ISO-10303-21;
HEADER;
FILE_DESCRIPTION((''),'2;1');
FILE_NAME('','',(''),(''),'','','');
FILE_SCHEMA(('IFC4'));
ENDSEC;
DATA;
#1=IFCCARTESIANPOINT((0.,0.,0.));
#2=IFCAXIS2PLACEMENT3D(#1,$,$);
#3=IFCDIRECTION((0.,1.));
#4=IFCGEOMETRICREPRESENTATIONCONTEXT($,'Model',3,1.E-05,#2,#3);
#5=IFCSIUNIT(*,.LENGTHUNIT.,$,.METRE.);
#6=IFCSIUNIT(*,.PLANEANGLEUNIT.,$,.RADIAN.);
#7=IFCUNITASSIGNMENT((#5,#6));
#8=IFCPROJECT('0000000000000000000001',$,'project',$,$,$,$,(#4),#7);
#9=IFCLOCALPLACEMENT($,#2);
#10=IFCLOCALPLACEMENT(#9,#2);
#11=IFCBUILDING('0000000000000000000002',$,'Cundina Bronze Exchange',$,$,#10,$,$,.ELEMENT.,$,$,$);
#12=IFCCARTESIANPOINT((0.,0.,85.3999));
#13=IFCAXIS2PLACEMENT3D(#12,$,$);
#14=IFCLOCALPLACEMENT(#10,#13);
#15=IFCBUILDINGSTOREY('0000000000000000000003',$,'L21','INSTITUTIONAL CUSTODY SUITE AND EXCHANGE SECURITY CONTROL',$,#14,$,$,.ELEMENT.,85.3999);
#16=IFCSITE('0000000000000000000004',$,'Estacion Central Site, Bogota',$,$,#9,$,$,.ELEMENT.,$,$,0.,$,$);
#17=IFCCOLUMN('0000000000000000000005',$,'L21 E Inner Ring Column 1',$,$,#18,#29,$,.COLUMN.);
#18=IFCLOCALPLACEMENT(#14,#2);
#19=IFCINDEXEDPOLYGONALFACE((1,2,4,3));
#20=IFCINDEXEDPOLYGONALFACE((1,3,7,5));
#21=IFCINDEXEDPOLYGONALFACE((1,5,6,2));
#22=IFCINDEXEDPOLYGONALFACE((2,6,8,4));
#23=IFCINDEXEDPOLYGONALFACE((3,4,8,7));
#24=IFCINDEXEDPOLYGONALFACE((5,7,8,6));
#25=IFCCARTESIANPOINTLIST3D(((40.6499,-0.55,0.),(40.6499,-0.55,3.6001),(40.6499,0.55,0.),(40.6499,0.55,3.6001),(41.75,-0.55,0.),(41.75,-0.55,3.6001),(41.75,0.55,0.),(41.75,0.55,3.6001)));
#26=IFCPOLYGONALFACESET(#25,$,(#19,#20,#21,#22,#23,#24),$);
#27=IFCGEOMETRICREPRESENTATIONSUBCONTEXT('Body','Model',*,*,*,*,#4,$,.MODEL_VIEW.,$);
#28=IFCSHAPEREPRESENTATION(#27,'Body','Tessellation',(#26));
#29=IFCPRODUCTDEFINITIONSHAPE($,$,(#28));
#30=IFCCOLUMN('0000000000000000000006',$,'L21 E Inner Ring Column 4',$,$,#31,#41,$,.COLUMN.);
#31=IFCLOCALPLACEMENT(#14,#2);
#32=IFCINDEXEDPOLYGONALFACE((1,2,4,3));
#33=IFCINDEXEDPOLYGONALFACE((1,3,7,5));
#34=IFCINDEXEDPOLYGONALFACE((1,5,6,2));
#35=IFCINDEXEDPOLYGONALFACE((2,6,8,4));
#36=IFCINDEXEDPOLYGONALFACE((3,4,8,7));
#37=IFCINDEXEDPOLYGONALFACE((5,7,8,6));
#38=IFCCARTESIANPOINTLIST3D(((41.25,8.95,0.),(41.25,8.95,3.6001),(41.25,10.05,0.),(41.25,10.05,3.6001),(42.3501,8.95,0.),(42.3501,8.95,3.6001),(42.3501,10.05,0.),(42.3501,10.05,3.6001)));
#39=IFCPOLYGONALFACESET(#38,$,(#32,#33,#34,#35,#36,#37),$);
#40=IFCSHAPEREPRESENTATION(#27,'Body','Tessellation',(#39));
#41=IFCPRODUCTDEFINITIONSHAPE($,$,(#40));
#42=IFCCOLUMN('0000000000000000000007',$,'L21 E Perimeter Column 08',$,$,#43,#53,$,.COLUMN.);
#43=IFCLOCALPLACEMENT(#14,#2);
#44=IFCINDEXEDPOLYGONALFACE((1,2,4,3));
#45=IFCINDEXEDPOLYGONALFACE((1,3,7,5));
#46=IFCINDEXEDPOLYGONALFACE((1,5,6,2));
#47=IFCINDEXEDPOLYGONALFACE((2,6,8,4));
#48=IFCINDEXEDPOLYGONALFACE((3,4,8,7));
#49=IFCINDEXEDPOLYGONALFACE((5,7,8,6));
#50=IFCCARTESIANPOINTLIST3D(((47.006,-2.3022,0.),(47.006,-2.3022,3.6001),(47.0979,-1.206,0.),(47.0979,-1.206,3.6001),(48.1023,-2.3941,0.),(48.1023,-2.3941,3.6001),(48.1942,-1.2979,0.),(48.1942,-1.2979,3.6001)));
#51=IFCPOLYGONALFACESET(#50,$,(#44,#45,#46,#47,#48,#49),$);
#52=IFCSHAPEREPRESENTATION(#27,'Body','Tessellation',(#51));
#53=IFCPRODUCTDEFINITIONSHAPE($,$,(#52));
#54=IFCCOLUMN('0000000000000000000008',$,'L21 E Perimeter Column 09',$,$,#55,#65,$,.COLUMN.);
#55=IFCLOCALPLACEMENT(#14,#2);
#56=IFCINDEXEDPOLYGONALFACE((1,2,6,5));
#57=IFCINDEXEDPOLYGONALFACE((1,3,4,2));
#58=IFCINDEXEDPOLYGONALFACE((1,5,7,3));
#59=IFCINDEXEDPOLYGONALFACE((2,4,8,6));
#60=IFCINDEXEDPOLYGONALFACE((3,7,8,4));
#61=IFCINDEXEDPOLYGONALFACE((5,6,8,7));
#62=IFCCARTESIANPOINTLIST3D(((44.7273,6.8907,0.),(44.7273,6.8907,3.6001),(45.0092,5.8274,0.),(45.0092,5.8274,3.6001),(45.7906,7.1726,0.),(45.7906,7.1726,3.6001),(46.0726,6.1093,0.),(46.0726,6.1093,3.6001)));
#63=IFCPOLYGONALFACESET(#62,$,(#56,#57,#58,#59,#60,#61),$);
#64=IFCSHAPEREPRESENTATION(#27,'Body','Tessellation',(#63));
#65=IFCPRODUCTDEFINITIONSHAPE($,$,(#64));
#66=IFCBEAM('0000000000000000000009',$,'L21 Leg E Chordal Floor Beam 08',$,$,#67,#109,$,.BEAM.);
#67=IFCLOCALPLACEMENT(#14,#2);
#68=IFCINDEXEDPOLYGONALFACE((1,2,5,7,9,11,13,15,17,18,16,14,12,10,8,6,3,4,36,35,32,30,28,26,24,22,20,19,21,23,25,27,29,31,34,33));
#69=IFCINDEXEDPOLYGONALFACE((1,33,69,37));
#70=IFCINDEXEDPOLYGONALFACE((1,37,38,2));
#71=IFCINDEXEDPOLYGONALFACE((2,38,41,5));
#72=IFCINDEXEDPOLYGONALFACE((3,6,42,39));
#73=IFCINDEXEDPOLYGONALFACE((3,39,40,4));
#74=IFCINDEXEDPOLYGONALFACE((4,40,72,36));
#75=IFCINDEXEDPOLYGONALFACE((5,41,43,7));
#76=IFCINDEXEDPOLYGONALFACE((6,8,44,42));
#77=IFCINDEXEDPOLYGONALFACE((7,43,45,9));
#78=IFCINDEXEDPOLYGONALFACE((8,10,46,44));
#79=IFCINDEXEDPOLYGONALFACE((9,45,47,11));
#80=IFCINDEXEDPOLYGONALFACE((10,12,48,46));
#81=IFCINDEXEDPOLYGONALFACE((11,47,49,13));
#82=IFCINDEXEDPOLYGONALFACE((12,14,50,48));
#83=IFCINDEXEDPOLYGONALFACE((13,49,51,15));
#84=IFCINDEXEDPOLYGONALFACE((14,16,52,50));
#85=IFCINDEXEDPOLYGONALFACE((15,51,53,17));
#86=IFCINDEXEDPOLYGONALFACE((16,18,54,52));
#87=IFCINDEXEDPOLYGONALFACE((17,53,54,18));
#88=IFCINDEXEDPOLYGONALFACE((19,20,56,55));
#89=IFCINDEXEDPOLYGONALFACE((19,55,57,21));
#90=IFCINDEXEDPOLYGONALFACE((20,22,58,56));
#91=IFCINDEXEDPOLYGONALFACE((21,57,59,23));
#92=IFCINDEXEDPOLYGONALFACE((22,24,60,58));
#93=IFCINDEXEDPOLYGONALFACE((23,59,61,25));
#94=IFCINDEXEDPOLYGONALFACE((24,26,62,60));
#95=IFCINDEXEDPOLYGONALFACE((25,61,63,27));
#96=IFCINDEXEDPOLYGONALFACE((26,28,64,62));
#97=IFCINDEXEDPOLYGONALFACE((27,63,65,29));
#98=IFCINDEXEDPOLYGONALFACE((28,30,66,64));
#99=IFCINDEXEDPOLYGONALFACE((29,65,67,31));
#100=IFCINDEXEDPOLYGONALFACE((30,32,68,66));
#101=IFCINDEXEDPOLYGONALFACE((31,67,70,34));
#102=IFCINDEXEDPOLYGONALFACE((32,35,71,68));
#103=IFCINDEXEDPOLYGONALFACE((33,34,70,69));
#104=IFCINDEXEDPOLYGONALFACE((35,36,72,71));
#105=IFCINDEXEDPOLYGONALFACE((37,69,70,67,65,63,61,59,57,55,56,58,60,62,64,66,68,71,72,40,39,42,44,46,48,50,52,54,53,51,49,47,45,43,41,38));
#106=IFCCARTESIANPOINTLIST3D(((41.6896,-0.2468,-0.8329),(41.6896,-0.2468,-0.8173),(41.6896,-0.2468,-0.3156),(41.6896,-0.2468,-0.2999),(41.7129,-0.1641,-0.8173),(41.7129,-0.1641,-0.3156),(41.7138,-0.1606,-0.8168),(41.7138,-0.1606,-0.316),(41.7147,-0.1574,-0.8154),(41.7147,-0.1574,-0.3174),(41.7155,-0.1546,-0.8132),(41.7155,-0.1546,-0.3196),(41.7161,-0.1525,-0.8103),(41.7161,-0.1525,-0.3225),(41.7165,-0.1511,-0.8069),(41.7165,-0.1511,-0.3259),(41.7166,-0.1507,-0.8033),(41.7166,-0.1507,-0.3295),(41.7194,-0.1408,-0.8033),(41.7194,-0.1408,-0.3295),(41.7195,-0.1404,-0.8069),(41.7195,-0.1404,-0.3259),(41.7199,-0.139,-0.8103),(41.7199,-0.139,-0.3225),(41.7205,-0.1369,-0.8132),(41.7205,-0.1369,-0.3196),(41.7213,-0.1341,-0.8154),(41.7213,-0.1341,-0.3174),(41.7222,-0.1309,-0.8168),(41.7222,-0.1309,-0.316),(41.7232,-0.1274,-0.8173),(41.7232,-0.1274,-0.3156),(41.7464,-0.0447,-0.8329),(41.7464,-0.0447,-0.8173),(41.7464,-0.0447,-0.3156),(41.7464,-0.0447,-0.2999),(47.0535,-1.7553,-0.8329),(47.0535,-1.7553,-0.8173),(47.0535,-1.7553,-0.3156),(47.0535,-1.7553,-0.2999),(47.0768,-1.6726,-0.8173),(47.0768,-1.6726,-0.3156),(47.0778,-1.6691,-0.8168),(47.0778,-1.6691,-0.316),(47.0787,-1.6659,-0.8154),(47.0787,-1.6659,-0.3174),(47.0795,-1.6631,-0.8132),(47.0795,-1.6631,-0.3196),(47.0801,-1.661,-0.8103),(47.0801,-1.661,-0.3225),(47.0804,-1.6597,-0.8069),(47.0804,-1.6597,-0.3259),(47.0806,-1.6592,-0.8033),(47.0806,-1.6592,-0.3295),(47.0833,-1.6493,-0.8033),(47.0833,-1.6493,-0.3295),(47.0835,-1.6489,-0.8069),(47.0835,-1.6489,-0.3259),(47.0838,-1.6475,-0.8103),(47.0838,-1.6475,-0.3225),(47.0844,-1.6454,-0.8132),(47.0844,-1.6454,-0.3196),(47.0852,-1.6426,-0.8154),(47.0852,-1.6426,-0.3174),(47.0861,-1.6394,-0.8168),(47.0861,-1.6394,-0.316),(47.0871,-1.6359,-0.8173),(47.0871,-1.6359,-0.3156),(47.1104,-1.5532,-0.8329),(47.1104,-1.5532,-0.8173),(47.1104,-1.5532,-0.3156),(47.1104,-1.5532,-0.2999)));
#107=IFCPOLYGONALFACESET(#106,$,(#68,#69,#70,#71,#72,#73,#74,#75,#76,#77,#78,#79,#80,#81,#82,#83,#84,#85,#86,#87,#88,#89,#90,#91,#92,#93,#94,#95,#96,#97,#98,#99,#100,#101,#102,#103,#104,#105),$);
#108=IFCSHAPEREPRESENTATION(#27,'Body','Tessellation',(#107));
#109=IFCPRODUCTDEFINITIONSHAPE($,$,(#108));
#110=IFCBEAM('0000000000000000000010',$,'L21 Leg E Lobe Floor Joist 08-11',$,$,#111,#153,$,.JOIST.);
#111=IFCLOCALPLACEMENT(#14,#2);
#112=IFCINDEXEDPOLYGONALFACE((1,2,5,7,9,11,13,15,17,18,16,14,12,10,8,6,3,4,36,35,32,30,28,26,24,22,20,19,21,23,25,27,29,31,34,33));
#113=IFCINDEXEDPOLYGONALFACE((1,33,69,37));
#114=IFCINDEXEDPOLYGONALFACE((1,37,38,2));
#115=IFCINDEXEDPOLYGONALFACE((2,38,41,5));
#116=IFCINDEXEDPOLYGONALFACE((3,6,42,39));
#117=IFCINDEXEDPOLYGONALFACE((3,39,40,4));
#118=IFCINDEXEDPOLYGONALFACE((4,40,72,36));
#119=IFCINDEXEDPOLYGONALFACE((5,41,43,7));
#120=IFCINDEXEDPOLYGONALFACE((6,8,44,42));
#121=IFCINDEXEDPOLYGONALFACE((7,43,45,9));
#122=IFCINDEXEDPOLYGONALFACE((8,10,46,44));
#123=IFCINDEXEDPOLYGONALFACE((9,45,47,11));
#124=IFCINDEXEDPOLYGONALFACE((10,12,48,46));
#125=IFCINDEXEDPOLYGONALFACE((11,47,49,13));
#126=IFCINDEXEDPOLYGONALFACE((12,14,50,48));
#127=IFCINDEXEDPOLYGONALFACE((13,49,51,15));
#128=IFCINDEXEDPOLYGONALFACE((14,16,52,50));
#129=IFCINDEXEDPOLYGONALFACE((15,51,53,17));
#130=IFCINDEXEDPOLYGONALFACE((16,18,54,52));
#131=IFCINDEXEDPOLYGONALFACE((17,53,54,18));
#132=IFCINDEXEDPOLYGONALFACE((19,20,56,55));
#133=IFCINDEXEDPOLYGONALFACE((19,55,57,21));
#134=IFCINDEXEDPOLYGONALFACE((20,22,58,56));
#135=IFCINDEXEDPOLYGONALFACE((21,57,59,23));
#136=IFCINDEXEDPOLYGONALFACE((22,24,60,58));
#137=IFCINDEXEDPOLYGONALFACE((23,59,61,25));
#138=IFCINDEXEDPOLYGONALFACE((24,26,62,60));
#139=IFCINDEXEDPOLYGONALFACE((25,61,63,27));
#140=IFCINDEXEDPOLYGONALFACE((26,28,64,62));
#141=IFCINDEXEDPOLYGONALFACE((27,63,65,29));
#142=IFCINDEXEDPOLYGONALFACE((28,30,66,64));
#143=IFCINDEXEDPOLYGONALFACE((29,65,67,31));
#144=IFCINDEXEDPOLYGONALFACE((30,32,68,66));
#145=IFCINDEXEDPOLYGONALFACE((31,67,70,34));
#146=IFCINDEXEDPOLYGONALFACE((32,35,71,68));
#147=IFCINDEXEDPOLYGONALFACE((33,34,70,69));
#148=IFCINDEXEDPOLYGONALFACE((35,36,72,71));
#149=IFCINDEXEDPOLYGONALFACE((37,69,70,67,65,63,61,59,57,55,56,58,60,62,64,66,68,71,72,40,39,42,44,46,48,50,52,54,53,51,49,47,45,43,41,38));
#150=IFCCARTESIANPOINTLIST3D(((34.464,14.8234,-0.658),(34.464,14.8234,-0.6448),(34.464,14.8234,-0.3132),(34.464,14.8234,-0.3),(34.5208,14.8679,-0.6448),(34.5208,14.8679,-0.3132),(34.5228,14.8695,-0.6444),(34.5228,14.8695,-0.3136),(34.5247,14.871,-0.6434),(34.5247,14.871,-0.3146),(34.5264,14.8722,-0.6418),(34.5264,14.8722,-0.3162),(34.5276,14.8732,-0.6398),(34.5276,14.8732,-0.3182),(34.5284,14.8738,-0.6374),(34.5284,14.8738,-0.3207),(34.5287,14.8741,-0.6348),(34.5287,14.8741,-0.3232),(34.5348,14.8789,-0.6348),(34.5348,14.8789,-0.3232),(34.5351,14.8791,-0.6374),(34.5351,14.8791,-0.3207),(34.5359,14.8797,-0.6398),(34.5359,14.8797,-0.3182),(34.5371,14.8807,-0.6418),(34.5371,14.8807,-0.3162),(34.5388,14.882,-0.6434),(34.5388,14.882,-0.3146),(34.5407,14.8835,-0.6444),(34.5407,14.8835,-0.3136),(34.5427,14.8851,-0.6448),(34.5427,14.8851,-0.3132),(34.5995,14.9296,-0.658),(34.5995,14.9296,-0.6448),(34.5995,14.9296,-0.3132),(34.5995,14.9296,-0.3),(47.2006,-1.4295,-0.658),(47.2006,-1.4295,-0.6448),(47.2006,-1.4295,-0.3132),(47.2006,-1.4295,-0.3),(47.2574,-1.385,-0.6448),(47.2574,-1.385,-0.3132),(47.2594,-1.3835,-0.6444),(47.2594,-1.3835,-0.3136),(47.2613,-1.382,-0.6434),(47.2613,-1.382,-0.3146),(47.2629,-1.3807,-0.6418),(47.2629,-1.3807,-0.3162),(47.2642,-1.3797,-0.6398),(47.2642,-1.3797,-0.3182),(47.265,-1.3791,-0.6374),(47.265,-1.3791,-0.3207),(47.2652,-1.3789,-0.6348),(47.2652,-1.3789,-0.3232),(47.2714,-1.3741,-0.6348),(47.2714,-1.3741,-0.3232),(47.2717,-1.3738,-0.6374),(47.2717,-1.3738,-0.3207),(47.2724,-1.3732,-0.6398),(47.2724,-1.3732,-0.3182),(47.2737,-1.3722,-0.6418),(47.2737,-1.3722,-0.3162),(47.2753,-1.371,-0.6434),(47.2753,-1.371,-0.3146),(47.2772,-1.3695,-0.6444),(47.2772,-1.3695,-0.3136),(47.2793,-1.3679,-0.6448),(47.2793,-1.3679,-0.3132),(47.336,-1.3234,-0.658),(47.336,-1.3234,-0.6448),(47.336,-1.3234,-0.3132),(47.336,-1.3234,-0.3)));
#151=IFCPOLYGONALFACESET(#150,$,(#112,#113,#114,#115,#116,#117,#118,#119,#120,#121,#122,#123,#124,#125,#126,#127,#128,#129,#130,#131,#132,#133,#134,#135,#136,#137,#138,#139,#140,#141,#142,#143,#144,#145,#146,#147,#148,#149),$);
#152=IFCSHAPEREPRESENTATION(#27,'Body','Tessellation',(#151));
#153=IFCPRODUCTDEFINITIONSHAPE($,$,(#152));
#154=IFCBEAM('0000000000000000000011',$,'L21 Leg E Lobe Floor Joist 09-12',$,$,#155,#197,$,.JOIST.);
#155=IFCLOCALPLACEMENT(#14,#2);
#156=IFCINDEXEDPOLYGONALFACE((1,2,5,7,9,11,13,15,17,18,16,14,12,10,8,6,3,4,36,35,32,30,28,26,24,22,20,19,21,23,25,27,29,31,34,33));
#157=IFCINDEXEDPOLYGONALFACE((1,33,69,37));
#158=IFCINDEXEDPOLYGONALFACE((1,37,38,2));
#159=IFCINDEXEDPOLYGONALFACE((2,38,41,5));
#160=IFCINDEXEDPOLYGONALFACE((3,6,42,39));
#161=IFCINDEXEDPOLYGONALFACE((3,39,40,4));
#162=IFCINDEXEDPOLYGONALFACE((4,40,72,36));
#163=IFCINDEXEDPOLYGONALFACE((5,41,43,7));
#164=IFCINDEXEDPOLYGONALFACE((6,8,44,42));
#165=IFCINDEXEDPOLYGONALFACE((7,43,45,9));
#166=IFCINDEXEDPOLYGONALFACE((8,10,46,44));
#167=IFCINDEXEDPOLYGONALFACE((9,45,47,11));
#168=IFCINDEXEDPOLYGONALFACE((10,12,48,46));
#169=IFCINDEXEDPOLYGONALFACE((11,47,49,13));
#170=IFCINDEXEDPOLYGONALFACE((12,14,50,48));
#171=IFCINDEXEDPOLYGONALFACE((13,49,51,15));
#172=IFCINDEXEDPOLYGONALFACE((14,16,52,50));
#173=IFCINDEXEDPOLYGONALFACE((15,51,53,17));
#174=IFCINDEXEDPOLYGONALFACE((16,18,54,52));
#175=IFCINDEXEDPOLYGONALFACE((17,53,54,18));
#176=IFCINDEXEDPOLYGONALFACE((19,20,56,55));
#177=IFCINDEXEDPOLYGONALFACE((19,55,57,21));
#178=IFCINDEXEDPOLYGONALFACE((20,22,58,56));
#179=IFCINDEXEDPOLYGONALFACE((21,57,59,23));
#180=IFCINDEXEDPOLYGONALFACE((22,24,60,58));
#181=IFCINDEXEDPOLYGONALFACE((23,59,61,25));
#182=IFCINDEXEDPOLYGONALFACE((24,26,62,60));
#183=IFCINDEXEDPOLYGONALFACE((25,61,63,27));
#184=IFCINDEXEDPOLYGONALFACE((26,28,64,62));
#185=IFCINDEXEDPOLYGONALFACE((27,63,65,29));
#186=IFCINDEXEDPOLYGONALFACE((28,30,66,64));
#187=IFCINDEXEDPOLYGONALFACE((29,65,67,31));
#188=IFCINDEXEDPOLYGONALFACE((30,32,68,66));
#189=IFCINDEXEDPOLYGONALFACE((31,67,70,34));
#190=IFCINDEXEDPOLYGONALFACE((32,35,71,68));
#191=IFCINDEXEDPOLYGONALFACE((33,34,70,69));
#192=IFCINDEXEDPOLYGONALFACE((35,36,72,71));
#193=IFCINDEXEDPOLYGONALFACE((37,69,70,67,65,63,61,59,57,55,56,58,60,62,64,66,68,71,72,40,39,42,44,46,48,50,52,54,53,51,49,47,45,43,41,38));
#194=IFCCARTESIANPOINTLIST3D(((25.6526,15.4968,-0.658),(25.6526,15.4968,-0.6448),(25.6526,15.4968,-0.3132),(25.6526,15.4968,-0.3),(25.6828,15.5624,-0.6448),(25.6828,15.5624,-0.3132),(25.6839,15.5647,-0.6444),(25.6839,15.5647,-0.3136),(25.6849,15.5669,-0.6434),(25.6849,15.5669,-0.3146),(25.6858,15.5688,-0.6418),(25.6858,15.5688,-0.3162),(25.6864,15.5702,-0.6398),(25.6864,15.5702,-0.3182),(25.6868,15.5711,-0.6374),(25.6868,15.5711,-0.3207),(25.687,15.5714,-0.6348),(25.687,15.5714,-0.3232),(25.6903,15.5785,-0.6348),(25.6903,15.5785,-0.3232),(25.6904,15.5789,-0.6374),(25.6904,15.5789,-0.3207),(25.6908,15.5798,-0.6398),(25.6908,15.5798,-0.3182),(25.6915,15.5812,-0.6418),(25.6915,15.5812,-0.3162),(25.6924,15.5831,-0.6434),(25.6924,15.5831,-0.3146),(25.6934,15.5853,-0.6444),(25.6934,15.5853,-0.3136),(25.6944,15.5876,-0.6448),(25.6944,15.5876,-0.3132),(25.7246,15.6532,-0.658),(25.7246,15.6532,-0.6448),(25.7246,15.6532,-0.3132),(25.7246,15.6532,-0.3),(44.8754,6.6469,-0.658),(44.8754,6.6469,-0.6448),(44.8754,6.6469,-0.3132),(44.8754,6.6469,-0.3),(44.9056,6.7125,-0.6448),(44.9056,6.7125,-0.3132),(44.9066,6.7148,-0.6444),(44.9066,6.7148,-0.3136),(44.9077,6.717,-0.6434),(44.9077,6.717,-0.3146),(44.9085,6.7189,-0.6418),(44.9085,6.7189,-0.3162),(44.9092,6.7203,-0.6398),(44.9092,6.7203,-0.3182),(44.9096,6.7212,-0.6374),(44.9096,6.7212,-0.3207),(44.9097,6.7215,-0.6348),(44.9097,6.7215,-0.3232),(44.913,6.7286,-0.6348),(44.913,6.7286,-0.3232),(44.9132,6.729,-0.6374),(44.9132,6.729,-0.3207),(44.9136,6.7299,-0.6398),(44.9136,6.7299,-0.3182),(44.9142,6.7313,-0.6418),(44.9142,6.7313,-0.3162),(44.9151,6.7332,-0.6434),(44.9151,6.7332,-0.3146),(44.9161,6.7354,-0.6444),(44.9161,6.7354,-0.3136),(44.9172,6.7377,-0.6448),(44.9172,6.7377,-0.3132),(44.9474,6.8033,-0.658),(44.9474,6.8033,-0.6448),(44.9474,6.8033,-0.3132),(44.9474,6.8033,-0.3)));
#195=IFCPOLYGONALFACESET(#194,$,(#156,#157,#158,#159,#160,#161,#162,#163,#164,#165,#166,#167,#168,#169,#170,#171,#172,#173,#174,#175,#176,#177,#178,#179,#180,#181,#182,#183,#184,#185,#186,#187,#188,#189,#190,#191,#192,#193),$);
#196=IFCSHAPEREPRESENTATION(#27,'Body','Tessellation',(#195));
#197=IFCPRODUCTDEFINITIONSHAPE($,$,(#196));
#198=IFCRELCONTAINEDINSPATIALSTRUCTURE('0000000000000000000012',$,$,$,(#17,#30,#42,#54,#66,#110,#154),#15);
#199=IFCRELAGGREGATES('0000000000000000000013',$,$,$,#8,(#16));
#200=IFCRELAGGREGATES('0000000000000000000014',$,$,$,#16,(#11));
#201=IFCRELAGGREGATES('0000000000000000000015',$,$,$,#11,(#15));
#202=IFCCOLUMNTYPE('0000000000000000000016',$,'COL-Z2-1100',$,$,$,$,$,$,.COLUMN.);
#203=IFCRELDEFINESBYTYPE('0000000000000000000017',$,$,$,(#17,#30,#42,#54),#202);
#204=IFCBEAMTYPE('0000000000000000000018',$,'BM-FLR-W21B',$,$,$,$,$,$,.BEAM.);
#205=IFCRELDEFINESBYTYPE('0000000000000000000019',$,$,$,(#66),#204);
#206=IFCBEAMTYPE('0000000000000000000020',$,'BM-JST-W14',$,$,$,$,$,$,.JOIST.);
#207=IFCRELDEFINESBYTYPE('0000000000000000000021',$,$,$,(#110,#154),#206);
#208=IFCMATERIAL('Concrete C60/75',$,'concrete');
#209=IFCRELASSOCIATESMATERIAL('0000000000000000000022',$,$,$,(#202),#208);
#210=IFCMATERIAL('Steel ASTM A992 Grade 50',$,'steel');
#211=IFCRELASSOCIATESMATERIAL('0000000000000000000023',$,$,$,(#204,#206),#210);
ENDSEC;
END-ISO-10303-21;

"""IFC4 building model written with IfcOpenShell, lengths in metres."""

from ifc_helpers import new_model, si_unit, direction, frame, origin, origin_2d, place, context, subcontext, project, spatial, rectangle, i_section, extrude, material, material_profile, profile_set, type_object, element, save


model = new_model("IFC4")

# Units and contexts
model_context = context("Model", 3, precision=1e-05, world=origin(), true_north=direction((0.0, 1.0)))
body_context = subcontext(model_context, "Body", "Model", "MODEL_VIEW")
ifc_project = project(units=[si_unit("LENGTHUNIT", "METRE"), si_unit("PLANEANGLEUNIT", "RADIAN")], contexts=[model_context])

# Site, building, storey
site_placement = place(None, origin())
site = spatial("IfcSite", under=ifc_project, at=site_placement, Name="Estacion Central Site, Bogota", CompositionType="ELEMENT", RefElevation=0.0)
building_placement = place(site_placement, origin())
building = spatial("IfcBuilding", under=site, at=building_placement, Name="Cundina Bronze Exchange", CompositionType="ELEMENT")
storey_placement = place(building_placement, frame((0.0, 0.0, 85.3999)))
storey = spatial("IfcBuildingStorey", under=building, at=storey_placement, Name="L21", Description="INSTITUTIONAL CUSTODY SUITE AND EXCHANGE SECURITY CONTROL", CompositionType="ELEMENT", Elevation=85.3999)

# Columns
ifc_material_1 = material(Name="Concrete C60/75", Category="concrete")
ifc_material_profile_1 = material_profile(ifc_material_1, rectangle(XDim=1.1001, YDim=1.1001, at=origin_2d()), Name="RC1100X1100", Category="concrete")
ifc_profile_set_1 = profile_set([ifc_material_profile_1], Name="Concrete C60/75")
column_type = type_object("IfcColumnType", Name="COL-Z2-1100", PredefinedType="COLUMN", material=ifc_profile_set_1)
for number, where, z_axis, x_axis, name in (
    (1, (41.2, 0.0, 0.0), (0.0, 0.0, 1.0), (1.0, 0.0, 0.0), "L21 E Inner Ring Column 1"),
    (2, (41.8, 9.5, 0.0), (0.0, 0.0, 1.0), (1.0, 0.0, 0.0), "L21 E Inner Ring Column 4"),
    (3, (47.6001, -1.8, 0.0), (0.0, 0.0, 1.0), (0.083504, 0.996507, 0.0), "L21 E Perimeter Column 08"),
    (4, (45.3999, 6.5, 0.0), (0.0, 0.0, 1.0), (-0.256289, 0.9666, 0.0), "L21 E Perimeter Column 09"),
):
    element("IfcColumn", number, at=place(storey_placement, frame(where, z_axis=z_axis, x_axis=x_axis)), inside=storey, type_object=column_type, Name=name, PredefinedType="COLUMN", context=body_context, shape_type="SweptSolid", body=[
        extrude(rectangle(XDim=1.1001, YDim=1.1001, at=origin_2d()), origin(), (0.0, 0.0, 1.0), 3.6001),
    ])

# Beams
ifc_material_2 = material(Name="Steel ASTM A992 Grade 50", Category="steel")
ifc_material_profile_2 = material_profile(ifc_material_2, i_section(OverallWidth=0.21, OverallDepth=0.533, WebThickness=0.0103, FlangeThickness=0.0156, FilletRadius=0.0139, at=origin_2d()), Name="W21X62", Category="steel")
ifc_profile_set_2 = profile_set([ifc_material_profile_2], Name="Steel ASTM A992 Grade 50")
beam_type_1 = type_object("IfcBeamType", Name="BM-FLR-W21B", PredefinedType="BEAM", material=ifc_profile_set_2)
beam_1_placement = place(storey_placement, frame((41.718, -0.1458, -0.5664), z_axis=(0.962655, -0.270732, 0.0), x_axis=(0.270732, 0.962655, 0.0)))
element("IfcBeam", 5, at=beam_1_placement, inside=storey, type_object=beam_type_1, Name="L21 Leg E Chordal Floor Beam 08", PredefinedType="BEAM", context=body_context, shape_type="SweptSolid", body=[
    extrude(i_section(OverallWidth=0.21, OverallDepth=0.533, WebThickness=0.0103, FlangeThickness=0.0156, FilletRadius=0.0139, at=origin_2d()), origin(), (0.0, 0.0, 1.0), 5.572),
])
ifc_material_profile_3 = material_profile(ifc_material_2, i_section(OverallWidth=0.1721, OverallDepth=0.3579, WebThickness=0.0078, FlangeThickness=0.0132, FilletRadius=0.01, at=origin_2d()), Name="W14X38", Category="steel")
ifc_profile_set_3 = profile_set([ifc_material_profile_3], Name="Steel ASTM A992 Grade 50")
beam_type_2 = type_object("IfcBeamType", Name="BM-JST-W14", PredefinedType="JOIST", material=ifc_profile_set_3)
beam_2_placement = place(storey_placement, frame((47.2683, -1.3765, -0.479), z_axis=(-0.616815, 0.787108, 0.0), x_axis=(-0.787108, -0.616815, 0.0)))
element("IfcBeam", 6, at=beam_2_placement, inside=storey, type_object=beam_type_2, Name="L21 Leg E Lobe Floor Joist 08-11", PredefinedType="JOIST", context=body_context, shape_type="SweptSolid", body=[
    extrude(i_section(OverallWidth=0.1721, OverallDepth=0.3579, WebThickness=0.0078, FlangeThickness=0.0132, FilletRadius=0.01, at=origin_2d()), origin(), (0.0, 0.0, 1.0), 20.6489),
])
beam_3_placement = place(storey_placement, frame((44.9114, 6.7251, -0.479), z_axis=(-0.908357, 0.418195, 0.0), x_axis=(-0.418195, -0.908357, 0.0)))
element("IfcBeam", 7, at=beam_3_placement, inside=storey, type_object=beam_type_2, Name="L21 Leg E Lobe Floor Joist 09-12", PredefinedType="JOIST", context=body_context, shape_type="SweptSolid", body=[
    extrude(i_section(OverallWidth=0.1721, OverallDepth=0.3579, WebThickness=0.0078, FlangeThickness=0.0132, FilletRadius=0.01, at=origin_2d()), origin(), (0.0, 0.0, 1.0), 21.1621),
])

save(model, "model.ifc")
